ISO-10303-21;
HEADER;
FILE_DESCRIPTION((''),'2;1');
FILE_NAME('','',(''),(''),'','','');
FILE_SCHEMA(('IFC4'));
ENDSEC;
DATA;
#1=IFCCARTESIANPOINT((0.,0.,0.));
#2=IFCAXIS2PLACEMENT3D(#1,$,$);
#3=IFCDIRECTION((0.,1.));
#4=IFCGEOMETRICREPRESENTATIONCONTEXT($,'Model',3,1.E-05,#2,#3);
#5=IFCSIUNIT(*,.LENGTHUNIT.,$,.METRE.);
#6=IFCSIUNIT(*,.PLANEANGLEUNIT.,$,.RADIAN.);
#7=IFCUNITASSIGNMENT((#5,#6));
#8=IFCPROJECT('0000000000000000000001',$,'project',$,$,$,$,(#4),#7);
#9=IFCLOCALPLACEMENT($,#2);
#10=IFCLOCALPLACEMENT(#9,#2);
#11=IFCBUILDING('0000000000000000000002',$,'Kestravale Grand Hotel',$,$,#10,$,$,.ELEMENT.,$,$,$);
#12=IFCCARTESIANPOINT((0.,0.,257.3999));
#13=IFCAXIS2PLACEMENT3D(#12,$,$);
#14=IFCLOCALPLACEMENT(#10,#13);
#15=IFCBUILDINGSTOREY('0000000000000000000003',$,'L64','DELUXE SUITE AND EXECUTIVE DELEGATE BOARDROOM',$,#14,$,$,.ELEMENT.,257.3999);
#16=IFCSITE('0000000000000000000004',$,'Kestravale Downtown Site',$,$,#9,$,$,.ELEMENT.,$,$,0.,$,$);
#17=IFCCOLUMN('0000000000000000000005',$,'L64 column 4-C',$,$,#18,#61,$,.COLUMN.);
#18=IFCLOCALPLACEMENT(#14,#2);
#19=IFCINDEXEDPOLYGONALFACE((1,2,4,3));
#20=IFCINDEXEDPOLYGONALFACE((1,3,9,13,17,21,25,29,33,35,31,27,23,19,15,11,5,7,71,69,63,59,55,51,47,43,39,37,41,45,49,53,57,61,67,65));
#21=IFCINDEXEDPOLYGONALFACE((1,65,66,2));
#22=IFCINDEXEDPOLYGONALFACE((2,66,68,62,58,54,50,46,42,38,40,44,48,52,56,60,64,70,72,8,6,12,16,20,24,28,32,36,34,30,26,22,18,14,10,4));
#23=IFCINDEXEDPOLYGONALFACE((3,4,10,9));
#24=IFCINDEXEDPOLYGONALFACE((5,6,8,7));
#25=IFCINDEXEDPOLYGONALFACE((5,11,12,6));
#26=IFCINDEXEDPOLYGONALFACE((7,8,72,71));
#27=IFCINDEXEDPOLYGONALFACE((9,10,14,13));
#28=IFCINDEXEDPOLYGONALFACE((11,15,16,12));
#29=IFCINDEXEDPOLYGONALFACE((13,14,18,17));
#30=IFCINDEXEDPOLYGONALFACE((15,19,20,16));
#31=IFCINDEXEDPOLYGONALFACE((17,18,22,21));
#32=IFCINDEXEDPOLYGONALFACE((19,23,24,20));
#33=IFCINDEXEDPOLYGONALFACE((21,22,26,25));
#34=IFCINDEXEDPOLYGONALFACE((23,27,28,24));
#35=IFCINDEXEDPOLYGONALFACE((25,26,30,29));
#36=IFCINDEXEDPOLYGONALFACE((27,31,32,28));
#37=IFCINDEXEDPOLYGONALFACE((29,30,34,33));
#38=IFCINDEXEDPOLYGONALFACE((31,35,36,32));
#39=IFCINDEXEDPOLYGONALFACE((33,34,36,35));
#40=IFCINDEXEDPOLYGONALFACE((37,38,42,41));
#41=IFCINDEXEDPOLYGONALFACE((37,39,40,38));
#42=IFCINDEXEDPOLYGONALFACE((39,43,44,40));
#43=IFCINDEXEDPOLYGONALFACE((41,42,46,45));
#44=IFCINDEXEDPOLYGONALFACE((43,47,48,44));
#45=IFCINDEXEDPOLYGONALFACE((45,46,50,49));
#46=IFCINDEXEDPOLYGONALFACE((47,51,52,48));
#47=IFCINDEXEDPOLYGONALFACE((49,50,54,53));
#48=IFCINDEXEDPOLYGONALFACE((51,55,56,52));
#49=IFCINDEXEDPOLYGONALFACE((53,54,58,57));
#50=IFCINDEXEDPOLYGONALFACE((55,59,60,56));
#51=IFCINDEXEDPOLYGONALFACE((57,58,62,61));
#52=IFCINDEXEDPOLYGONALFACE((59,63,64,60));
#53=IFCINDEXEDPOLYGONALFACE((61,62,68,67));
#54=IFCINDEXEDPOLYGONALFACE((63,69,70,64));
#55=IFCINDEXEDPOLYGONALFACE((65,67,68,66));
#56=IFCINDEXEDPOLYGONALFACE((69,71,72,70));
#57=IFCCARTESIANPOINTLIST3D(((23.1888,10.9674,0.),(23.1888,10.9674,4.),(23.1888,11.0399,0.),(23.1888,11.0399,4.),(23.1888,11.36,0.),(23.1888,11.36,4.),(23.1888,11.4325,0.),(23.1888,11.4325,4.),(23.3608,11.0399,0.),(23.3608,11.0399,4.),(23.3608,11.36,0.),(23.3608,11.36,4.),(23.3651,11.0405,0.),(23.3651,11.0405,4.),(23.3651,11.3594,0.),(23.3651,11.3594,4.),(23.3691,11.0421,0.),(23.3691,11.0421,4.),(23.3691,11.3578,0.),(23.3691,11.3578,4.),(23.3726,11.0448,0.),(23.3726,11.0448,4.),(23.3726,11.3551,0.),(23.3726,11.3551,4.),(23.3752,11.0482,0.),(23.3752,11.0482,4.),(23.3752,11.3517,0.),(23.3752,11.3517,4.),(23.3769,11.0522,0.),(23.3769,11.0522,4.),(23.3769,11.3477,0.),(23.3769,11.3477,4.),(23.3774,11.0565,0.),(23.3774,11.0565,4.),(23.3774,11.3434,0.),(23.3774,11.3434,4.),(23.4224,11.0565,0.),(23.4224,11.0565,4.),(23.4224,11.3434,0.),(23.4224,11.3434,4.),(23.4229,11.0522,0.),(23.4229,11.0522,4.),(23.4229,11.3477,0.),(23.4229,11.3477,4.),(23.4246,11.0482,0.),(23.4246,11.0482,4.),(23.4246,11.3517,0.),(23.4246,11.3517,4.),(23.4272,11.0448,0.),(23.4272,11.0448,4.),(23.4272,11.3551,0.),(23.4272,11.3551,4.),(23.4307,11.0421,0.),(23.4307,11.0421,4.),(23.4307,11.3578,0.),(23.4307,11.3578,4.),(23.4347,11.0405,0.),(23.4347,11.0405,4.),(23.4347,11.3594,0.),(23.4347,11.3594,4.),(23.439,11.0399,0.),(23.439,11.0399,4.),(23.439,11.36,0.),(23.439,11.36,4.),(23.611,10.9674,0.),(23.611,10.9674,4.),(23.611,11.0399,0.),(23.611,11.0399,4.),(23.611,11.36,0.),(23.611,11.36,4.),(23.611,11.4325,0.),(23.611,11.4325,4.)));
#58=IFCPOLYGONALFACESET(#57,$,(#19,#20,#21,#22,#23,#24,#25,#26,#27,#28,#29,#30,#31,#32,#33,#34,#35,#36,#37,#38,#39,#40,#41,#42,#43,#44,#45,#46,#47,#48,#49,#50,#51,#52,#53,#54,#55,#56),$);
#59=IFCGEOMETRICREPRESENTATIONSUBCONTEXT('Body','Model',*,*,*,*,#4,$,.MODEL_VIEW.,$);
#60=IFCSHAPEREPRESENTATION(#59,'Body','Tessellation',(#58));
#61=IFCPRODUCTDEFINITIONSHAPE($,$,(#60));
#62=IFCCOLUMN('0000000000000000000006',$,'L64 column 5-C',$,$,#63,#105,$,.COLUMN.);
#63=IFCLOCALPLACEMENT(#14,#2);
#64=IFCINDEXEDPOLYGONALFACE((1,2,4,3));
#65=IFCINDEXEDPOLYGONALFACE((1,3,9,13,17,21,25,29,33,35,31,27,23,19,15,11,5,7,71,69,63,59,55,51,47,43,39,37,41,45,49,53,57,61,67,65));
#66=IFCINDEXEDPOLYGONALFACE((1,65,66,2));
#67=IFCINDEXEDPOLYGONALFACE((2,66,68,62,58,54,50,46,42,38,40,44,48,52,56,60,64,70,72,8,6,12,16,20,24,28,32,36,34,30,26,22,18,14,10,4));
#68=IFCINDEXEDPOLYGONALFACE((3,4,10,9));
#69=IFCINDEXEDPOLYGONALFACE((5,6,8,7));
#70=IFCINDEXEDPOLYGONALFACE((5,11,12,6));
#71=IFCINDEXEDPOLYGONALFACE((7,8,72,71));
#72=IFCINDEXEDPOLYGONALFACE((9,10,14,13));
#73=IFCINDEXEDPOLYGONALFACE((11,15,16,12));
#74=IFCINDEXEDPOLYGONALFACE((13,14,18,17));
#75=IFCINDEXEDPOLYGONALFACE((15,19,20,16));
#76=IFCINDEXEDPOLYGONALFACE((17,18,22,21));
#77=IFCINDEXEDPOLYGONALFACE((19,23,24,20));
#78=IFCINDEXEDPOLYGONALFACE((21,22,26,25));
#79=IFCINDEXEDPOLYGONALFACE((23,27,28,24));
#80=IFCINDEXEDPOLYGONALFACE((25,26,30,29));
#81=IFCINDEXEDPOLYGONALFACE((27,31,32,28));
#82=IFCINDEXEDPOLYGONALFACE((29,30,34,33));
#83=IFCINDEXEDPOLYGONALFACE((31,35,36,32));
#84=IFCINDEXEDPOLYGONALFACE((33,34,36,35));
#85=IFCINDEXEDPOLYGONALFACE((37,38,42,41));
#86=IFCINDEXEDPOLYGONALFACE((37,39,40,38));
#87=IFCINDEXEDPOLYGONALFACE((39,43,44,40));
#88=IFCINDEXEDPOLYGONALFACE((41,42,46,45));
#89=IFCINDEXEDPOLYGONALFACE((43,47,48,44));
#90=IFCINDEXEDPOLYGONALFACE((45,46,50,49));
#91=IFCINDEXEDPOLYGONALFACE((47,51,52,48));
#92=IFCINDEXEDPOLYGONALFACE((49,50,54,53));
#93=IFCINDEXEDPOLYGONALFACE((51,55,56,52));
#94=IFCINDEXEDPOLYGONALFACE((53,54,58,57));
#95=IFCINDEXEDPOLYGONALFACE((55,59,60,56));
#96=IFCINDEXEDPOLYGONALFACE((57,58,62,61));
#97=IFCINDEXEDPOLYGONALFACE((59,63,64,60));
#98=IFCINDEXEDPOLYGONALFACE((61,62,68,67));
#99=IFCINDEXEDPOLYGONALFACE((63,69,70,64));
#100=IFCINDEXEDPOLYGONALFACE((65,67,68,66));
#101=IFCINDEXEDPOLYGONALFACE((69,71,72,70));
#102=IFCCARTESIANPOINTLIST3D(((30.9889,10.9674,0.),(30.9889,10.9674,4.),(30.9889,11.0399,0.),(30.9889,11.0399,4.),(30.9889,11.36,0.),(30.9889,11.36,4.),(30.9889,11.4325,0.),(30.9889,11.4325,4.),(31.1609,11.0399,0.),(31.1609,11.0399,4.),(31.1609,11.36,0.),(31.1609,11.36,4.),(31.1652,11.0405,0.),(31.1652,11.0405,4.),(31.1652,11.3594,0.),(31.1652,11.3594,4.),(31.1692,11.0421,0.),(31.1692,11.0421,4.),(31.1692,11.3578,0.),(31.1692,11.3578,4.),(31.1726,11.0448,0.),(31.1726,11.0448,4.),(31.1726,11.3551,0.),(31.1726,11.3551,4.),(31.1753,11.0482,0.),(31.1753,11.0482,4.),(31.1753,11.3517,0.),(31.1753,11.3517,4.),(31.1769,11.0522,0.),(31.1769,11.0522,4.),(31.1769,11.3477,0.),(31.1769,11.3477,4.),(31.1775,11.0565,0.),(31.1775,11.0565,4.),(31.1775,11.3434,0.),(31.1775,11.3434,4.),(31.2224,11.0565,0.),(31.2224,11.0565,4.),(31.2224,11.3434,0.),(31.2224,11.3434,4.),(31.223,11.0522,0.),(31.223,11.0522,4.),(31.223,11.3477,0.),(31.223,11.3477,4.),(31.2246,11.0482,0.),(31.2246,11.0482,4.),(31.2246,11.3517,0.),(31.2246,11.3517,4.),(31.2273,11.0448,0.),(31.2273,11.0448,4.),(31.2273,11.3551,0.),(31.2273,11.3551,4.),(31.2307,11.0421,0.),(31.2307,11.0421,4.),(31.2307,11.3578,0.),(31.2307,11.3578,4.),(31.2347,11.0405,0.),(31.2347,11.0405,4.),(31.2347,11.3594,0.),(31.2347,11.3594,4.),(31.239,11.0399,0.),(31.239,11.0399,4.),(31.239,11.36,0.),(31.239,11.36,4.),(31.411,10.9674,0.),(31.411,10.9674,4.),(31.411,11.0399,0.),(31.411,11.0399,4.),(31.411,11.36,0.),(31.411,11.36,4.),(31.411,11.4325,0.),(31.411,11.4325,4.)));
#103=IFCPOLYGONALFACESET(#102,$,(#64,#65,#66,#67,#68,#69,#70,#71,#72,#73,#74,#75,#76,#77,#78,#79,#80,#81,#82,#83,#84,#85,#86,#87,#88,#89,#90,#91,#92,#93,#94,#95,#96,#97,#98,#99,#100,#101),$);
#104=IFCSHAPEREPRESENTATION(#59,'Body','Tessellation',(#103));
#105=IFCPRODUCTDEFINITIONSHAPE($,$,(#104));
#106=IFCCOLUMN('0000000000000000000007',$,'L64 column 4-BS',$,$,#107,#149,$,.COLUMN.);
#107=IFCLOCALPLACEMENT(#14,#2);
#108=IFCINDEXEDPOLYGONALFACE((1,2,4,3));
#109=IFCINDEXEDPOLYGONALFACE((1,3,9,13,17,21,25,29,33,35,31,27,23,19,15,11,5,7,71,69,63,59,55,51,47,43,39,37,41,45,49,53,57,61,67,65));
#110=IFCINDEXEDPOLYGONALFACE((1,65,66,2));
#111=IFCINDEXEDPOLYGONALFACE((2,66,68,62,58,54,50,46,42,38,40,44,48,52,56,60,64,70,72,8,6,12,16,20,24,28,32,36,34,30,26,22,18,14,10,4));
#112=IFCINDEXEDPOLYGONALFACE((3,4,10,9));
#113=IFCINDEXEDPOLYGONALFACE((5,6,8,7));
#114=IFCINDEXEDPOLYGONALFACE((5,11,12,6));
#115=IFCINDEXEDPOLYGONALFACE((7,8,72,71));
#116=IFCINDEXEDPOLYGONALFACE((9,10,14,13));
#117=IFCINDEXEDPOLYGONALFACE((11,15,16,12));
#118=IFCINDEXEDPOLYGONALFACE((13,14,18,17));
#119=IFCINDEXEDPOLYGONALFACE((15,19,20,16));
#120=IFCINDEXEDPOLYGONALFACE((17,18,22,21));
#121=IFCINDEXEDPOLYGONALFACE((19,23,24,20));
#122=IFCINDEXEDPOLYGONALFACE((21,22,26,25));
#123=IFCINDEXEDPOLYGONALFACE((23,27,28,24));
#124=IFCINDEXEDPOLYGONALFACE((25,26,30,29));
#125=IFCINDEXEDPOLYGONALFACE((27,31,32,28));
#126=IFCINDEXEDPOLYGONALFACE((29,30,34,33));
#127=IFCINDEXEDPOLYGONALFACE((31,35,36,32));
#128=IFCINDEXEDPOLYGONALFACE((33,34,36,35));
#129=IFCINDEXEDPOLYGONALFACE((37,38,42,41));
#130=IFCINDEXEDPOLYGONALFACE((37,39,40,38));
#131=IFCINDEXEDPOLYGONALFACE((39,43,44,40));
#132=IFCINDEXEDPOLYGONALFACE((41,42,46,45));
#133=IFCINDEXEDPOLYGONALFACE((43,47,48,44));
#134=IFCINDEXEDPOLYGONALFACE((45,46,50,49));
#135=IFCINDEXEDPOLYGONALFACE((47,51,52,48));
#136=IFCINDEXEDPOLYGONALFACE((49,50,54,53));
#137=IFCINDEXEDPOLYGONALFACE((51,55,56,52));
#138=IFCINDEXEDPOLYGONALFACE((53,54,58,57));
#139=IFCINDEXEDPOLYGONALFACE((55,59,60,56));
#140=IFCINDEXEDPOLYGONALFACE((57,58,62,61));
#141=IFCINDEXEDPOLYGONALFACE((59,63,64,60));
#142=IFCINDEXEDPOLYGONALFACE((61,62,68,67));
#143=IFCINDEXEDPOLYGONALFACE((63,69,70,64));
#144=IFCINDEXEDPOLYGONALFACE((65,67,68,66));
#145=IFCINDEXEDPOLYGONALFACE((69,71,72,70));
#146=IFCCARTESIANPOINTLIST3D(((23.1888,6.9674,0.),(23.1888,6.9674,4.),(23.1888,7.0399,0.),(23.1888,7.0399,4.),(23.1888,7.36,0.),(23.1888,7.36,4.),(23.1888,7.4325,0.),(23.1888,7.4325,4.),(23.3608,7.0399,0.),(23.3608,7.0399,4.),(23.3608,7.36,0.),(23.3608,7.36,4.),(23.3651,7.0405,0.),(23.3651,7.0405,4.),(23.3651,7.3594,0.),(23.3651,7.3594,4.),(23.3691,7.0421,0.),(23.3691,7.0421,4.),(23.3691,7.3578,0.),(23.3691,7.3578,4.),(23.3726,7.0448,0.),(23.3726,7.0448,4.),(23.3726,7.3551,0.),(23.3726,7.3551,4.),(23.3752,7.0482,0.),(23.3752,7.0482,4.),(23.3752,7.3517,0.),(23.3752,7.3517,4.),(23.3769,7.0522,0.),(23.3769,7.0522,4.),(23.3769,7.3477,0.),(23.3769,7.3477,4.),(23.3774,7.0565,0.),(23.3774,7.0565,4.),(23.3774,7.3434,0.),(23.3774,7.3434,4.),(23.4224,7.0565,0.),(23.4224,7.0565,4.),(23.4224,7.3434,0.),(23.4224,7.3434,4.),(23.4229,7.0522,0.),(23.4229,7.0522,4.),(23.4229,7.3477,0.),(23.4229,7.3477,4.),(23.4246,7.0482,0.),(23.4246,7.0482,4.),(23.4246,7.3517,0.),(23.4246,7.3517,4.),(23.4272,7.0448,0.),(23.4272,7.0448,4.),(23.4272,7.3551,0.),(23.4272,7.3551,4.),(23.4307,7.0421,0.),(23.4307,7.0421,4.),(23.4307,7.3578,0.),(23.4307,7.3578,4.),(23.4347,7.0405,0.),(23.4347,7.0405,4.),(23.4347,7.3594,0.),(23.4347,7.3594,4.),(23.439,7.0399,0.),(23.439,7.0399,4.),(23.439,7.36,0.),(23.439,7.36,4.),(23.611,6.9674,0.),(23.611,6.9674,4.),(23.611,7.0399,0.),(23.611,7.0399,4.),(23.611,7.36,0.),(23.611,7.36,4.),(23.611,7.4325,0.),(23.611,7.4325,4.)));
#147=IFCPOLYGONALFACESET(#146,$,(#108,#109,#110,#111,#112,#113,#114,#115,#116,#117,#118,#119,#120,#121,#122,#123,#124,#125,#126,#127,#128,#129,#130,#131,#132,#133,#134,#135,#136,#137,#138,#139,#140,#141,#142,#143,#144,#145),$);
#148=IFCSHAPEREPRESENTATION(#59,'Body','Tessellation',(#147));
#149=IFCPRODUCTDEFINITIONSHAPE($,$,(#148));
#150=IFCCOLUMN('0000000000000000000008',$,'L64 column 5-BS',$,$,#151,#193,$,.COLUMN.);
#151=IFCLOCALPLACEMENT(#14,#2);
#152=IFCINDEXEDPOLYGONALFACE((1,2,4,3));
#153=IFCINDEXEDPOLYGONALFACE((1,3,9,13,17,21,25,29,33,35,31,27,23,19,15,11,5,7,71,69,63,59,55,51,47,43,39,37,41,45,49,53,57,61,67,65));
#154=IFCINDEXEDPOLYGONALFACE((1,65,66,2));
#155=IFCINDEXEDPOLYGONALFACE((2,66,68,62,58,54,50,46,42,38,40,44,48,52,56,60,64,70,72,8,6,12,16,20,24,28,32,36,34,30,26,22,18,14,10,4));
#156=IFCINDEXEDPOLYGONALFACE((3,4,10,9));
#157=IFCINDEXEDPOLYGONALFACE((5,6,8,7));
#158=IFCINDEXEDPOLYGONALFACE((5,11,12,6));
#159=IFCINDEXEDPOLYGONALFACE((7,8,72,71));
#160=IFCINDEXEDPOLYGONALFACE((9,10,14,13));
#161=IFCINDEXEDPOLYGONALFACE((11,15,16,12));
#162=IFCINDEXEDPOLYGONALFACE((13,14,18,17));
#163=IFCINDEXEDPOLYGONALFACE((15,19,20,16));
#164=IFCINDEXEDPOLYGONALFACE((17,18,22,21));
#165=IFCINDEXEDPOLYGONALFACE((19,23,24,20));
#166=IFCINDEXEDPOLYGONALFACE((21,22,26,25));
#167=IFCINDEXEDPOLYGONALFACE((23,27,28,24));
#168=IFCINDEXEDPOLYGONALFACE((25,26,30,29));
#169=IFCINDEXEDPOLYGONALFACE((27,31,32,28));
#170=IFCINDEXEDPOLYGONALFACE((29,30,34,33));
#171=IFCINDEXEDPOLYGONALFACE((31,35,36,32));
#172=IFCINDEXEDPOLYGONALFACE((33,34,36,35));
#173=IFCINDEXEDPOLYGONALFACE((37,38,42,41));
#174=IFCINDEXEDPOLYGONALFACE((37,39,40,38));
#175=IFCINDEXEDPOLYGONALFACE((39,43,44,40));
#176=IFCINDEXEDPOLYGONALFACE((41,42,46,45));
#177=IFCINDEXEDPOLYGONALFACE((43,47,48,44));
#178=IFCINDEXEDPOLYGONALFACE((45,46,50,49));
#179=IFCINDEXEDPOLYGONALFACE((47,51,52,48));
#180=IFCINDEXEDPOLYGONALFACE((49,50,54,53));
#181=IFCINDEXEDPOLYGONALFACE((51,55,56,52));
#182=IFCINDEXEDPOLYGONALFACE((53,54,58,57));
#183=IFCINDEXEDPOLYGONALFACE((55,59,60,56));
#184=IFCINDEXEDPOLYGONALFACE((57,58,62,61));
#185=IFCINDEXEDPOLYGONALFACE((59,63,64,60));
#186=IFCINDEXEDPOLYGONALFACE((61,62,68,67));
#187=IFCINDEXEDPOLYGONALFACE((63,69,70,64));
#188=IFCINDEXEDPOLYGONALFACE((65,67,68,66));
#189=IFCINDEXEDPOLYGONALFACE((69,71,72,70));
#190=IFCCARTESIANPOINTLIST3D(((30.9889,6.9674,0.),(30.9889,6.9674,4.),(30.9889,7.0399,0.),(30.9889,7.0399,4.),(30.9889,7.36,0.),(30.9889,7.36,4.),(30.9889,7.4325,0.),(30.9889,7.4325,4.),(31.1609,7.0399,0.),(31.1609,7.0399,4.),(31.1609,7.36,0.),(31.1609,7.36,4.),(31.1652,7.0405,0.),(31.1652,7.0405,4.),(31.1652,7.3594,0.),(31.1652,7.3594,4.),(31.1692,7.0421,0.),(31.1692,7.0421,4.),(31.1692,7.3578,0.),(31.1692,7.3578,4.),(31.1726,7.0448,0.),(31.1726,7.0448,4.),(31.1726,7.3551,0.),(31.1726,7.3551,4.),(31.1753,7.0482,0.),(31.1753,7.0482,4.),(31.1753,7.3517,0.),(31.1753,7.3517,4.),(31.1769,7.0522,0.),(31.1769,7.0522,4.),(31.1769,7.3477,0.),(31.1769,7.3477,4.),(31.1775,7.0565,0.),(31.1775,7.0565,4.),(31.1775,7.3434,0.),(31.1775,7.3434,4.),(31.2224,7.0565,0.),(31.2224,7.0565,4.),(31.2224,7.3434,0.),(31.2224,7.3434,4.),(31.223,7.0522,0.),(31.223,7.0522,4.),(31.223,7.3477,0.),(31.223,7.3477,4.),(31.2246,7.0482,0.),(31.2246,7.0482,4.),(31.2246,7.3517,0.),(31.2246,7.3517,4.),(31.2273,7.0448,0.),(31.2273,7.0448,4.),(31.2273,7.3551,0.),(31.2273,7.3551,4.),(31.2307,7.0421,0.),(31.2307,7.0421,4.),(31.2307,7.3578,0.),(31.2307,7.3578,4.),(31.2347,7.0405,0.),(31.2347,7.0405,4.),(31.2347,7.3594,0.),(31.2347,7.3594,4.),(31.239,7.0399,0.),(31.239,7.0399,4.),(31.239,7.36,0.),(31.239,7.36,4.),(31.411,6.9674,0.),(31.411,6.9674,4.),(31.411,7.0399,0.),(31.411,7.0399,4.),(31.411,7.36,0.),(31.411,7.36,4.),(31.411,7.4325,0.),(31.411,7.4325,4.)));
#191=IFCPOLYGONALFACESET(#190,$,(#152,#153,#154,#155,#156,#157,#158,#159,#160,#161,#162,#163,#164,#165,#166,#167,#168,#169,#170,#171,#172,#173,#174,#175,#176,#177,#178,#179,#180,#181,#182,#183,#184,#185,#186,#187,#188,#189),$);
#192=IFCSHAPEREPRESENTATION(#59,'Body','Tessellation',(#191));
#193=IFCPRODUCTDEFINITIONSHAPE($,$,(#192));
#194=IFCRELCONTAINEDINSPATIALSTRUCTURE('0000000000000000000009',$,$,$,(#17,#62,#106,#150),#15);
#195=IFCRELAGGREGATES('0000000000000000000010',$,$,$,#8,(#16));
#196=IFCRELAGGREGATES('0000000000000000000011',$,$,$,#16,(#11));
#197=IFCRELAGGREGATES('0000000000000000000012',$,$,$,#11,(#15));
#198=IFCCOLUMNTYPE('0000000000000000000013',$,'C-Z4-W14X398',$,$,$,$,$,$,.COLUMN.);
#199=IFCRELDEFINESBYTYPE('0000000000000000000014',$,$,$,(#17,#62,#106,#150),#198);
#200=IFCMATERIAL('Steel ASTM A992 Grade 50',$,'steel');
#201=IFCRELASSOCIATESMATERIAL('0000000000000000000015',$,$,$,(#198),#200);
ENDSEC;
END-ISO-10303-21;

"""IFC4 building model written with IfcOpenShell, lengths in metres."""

from ifc_helpers import new_model, si_unit, direction, frame, origin, origin_2d, place, context, subcontext, project, spatial, i_section, extrude, material, material_profile, profile_set, type_object, element, save


model = new_model("IFC4")

# Units and contexts
model_context = context("Model", 3, precision=1e-05, world=origin(), true_north=direction((0.0, 1.0)))
body_context = subcontext(model_context, "Body", "Model", "MODEL_VIEW")
ifc_project = project(units=[si_unit("LENGTHUNIT", "METRE"), si_unit("PLANEANGLEUNIT", "RADIAN")], contexts=[model_context])

# Site, building, storey
site_placement = place(None, origin())
site = spatial("IfcSite", under=ifc_project, at=site_placement, Name="Kestravale Downtown Site", CompositionType="ELEMENT", RefElevation=0.0)
building_placement = place(site_placement, origin())
building = spatial("IfcBuilding", under=site, at=building_placement, Name="Kestravale Grand Hotel", CompositionType="ELEMENT")
storey_placement = place(building_placement, frame((0.0, 0.0, 257.3999)))
storey = spatial("IfcBuildingStorey", under=building, at=storey_placement, Name="L64", Description="DELUXE SUITE AND EXECUTIVE DELEGATE BOARDROOM", CompositionType="ELEMENT", Elevation=257.3999)

# Columns
ifc_material_1 = material(Name="Steel ASTM A992 Grade 50", Category="steel")
ifc_material_profile_1 = material_profile(ifc_material_1, i_section(OverallWidth=0.4221, OverallDepth=0.4651, WebThickness=0.0449, FlangeThickness=0.0725, FilletRadius=0.0166, at=origin_2d()))
ifc_profile_set_1 = profile_set([ifc_material_profile_1], Name="Steel ASTM A992 Grade 50")
column_type = type_object("IfcColumnType", Name="C-Z4-W14X398", PredefinedType="COLUMN", material=ifc_profile_set_1)
for number, where, z_axis, x_axis, name in (
    (1, (23.3999, 11.2, 0.0), (0.0, 0.0, 1.0), (1.0, 0.0, 0.0), "L64 column 4-C"),
    (2, (31.2, 11.2, 0.0), (0.0, 0.0, 1.0), (1.0, 0.0, 0.0), "L64 column 5-C"),
    (3, (23.3999, 7.2, 0.0), (0.0, 0.0, 1.0), (1.0, 0.0, 0.0), "L64 column 4-BS"),
    (4, (31.2, 7.2, 0.0), (0.0, 0.0, 1.0), (1.0, 0.0, 0.0), "L64 column 5-BS"),
):
    element("IfcColumn", number, at=place(storey_placement, frame(where, z_axis=z_axis, x_axis=x_axis)), inside=storey, type_object=column_type, Name=name, PredefinedType="COLUMN", context=body_context, shape_type="SweptSolid", body=[
        extrude(i_section(OverallWidth=0.4221, OverallDepth=0.4651, WebThickness=0.0449, FlangeThickness=0.0725, FilletRadius=0.0166, at=origin_2d()), origin(), (0.0, 0.0, 1.0), 4.0),
    ])

save(model, "model.ifc")
